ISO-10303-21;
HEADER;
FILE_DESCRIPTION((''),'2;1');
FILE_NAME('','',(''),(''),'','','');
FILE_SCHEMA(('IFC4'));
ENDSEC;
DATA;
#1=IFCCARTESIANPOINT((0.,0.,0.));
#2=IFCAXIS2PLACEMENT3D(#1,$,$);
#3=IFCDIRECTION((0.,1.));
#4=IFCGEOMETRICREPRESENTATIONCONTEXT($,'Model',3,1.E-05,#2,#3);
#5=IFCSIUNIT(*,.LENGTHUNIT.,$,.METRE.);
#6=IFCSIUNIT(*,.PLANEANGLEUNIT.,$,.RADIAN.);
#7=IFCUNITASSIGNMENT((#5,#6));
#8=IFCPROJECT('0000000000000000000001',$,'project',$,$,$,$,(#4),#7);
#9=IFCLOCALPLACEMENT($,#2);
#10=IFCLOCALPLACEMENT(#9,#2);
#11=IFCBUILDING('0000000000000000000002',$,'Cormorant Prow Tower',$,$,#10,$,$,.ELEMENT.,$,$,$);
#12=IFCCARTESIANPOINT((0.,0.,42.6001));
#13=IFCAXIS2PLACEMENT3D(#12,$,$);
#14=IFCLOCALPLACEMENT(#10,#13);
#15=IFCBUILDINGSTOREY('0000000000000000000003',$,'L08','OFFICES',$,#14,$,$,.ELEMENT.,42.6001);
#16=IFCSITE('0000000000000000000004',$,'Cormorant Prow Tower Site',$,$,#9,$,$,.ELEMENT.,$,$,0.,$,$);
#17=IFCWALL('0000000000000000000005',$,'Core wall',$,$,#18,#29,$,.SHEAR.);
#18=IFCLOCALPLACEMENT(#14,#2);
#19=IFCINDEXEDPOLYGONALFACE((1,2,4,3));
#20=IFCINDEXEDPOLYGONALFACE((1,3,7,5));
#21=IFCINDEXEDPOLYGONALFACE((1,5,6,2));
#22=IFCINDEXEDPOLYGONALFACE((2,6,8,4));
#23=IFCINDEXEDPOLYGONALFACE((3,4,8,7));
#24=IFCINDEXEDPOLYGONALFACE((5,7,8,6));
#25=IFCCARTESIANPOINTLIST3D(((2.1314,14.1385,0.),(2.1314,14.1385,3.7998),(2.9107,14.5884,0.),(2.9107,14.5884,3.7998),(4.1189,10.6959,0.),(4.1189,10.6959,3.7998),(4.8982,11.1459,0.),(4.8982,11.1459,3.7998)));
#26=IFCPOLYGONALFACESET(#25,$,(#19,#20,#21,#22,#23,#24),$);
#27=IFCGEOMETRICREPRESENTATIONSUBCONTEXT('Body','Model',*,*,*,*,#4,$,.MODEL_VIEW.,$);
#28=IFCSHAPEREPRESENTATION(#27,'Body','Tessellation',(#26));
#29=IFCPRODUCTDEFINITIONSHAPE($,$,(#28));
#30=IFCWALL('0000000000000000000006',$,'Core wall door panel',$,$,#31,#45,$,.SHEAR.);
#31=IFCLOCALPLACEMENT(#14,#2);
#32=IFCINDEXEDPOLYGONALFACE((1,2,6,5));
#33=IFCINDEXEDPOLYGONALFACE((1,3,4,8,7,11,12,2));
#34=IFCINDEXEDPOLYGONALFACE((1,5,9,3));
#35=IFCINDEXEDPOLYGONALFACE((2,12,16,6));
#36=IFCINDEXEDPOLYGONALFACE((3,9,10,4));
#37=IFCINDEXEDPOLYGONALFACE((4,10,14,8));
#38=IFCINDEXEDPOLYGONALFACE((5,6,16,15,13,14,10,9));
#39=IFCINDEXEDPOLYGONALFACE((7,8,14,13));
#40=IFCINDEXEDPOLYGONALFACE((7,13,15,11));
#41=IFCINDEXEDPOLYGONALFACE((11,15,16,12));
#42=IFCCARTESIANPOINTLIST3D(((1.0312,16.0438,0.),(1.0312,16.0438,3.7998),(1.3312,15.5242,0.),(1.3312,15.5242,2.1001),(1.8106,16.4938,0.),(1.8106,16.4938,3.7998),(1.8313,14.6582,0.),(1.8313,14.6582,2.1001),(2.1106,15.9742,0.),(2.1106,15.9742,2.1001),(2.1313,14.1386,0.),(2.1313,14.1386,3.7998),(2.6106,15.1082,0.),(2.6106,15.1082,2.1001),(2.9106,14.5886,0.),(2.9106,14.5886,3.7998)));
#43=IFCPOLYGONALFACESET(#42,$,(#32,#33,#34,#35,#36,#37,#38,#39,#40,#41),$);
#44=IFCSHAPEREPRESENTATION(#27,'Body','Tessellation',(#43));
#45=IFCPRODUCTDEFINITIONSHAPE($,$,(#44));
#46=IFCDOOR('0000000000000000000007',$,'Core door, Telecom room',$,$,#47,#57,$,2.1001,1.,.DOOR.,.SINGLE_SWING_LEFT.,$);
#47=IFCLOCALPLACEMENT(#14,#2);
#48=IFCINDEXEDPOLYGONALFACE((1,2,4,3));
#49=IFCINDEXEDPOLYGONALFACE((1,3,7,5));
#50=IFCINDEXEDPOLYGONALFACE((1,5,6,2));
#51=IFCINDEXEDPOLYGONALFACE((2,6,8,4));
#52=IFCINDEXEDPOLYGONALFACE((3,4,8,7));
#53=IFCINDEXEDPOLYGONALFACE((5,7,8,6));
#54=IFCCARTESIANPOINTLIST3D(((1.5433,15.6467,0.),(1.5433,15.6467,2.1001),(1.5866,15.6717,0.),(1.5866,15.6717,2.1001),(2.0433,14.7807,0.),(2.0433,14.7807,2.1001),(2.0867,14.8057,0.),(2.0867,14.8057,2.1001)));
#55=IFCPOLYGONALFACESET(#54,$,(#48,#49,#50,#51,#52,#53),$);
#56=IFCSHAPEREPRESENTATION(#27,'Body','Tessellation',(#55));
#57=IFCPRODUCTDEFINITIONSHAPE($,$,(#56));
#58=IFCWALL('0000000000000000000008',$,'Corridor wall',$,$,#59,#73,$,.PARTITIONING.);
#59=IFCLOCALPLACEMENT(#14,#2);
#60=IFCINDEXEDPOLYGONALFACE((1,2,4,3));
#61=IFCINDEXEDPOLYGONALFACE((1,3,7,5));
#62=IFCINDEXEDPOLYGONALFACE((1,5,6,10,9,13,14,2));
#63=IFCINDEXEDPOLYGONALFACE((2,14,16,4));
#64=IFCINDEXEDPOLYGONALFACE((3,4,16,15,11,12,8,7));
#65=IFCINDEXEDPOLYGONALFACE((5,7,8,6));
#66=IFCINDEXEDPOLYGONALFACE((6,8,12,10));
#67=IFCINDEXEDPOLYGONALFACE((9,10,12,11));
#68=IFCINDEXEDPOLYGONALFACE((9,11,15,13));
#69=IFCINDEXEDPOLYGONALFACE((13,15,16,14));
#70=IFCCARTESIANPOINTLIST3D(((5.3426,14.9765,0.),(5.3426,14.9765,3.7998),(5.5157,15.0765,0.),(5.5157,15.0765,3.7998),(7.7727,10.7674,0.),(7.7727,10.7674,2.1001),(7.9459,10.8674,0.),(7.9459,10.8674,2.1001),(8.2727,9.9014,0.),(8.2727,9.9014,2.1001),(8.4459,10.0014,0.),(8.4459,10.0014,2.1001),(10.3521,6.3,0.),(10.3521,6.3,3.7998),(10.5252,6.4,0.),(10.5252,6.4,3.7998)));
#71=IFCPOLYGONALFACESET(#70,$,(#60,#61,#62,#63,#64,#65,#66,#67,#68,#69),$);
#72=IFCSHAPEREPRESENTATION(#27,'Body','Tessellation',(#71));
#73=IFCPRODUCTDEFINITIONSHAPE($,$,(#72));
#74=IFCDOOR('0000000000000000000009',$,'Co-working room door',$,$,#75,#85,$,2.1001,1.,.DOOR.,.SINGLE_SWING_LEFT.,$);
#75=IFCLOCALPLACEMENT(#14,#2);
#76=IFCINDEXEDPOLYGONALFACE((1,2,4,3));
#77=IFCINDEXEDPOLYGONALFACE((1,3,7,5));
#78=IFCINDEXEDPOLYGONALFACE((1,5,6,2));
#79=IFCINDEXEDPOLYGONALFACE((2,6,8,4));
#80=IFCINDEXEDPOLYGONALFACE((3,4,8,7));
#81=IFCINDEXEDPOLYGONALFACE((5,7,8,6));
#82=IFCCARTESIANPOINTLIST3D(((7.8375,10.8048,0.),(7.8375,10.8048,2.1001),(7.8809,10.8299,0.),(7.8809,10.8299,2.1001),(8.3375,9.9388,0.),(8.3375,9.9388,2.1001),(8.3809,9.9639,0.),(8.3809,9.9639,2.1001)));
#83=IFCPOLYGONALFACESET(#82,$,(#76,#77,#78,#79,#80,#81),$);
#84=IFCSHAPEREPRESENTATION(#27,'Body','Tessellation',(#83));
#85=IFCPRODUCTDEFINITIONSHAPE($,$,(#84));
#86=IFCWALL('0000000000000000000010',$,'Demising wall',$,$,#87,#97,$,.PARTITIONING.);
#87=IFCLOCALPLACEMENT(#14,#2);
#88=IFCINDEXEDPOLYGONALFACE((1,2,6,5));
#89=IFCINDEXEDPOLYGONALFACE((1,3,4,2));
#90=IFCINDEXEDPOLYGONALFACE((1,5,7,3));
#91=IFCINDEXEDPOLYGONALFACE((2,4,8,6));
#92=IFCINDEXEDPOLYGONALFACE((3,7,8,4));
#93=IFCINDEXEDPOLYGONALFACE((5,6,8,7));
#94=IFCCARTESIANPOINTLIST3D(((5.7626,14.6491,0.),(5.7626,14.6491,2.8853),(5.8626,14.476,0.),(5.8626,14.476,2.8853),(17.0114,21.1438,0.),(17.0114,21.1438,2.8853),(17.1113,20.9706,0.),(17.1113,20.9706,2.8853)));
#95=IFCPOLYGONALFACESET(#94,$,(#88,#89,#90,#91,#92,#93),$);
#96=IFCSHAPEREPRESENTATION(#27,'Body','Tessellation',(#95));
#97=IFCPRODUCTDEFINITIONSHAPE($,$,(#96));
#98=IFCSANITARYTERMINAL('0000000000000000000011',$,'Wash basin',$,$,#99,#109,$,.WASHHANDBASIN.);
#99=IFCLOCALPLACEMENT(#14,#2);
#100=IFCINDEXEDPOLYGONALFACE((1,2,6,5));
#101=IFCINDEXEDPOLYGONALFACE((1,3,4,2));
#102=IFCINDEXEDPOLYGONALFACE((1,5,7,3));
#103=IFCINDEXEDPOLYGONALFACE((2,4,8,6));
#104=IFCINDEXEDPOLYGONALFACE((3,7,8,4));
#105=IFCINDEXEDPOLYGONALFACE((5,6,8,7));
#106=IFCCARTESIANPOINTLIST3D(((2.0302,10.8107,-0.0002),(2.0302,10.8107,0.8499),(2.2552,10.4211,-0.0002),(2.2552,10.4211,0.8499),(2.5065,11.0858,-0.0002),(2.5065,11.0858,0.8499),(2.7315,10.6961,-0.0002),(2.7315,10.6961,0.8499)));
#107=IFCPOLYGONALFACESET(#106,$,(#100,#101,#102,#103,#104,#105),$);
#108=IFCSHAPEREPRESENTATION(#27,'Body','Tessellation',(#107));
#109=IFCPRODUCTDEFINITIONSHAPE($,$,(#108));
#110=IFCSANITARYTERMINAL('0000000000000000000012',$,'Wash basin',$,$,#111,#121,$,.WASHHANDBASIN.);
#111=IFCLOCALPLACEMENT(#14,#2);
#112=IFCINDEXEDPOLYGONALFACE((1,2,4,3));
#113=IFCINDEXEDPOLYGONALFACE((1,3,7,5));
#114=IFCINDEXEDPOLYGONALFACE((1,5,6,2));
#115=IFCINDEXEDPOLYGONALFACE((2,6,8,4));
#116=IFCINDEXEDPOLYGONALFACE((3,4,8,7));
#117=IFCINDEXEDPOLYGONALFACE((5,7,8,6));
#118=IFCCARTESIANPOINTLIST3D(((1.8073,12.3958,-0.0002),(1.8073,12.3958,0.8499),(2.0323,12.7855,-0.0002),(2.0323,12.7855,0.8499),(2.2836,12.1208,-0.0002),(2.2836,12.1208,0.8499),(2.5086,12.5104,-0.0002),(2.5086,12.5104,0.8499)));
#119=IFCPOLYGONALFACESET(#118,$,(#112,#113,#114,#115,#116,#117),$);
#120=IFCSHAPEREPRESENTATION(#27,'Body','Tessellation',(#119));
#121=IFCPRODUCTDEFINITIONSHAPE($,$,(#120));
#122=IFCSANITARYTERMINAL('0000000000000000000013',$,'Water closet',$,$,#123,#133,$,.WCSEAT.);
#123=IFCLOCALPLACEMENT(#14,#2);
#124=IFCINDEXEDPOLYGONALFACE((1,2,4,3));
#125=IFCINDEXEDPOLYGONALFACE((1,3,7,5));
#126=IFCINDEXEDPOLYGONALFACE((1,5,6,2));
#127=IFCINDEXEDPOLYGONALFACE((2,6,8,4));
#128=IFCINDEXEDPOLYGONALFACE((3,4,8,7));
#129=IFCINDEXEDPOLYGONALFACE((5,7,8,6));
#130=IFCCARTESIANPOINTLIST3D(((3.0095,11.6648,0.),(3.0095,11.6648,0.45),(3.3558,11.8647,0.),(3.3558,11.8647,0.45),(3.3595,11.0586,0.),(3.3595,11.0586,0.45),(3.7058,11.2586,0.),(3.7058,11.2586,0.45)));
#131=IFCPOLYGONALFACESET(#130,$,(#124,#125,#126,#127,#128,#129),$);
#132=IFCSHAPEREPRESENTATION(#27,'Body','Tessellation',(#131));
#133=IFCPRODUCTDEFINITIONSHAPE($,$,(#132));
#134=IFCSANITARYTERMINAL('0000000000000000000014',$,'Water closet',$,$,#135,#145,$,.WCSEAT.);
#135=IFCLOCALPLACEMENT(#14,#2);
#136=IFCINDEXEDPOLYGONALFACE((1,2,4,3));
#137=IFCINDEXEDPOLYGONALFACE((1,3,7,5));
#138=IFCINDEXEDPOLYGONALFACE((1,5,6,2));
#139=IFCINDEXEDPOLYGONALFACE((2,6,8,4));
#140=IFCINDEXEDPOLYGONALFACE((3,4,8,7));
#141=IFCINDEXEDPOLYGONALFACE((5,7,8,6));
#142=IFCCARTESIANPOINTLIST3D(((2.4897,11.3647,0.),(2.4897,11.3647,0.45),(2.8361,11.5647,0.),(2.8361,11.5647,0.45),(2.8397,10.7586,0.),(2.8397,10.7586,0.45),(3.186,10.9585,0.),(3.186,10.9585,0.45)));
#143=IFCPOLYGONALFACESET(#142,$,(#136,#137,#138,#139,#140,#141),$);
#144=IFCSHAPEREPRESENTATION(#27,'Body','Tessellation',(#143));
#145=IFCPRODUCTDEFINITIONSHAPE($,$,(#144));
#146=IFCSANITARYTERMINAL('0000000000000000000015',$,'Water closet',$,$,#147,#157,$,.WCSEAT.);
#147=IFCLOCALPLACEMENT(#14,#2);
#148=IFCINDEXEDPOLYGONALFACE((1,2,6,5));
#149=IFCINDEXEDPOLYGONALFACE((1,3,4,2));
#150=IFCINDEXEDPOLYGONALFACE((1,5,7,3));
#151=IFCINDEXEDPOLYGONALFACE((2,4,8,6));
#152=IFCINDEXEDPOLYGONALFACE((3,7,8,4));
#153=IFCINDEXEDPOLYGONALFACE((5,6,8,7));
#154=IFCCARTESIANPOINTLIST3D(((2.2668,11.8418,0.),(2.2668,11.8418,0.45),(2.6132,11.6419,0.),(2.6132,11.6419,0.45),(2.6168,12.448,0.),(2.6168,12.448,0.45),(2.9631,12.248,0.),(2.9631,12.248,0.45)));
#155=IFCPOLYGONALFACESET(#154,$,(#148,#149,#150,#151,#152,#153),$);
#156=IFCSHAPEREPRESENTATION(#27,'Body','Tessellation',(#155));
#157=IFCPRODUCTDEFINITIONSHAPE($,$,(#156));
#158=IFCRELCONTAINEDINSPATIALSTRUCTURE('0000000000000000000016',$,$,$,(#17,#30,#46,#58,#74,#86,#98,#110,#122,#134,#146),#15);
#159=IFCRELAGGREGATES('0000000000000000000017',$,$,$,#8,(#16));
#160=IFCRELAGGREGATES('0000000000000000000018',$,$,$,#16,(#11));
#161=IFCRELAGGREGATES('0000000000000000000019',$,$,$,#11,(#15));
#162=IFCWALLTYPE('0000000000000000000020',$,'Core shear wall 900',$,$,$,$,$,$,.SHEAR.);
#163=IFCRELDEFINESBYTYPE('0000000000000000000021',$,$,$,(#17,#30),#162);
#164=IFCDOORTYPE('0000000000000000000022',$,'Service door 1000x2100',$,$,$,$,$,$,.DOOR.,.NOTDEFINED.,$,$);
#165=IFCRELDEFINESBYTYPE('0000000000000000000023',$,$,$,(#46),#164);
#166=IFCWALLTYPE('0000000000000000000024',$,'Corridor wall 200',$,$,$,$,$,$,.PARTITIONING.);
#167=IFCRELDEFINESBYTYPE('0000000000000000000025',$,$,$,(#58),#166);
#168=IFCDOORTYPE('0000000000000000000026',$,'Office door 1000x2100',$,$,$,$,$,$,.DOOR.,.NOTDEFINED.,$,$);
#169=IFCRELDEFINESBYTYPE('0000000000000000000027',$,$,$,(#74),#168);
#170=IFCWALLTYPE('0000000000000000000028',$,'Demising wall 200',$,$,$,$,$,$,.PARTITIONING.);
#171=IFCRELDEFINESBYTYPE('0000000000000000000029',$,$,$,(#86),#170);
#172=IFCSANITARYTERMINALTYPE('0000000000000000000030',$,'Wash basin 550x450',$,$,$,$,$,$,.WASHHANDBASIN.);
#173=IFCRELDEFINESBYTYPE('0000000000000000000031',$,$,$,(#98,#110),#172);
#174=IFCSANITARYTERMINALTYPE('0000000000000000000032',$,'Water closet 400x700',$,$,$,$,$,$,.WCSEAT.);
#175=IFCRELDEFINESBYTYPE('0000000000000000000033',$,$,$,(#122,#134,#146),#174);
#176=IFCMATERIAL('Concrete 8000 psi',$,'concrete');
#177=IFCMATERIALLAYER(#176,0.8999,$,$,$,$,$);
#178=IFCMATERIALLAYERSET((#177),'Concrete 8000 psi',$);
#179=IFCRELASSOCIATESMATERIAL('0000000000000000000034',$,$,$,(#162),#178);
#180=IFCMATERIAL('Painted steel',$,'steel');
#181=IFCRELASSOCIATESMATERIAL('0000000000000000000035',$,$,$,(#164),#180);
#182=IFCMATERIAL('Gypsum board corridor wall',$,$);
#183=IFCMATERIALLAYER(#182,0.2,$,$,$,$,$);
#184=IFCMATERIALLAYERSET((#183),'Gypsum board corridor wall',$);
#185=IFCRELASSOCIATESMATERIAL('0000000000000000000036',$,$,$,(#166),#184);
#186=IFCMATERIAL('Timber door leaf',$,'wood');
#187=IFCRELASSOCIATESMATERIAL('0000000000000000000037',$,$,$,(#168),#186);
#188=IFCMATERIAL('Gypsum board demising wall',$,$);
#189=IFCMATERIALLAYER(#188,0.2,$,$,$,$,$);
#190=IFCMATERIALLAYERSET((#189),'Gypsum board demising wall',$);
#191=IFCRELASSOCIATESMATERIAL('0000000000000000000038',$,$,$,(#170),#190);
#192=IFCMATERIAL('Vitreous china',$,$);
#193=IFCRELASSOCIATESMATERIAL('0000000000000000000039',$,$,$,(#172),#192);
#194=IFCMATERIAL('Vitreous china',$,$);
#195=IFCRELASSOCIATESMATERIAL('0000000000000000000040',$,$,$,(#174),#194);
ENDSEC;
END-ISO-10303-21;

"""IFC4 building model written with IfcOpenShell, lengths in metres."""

from ifc_helpers import new_model, si_unit, direction, frame, frame_2d, origin, origin_2d, place, context, subcontext, project, spatial, rectangle, extrude, material, layer, layer_set, type_object, element, fill, save


model = new_model("IFC4")

# Units and contexts
model_context = context("Model", 3, precision=1e-05, world=origin(), true_north=direction((0.0, 1.0)))
body_context = subcontext(model_context, "Body", "Model", "MODEL_VIEW")
ifc_project = project(units=[si_unit("LENGTHUNIT", "METRE"), si_unit("PLANEANGLEUNIT", "RADIAN")], contexts=[model_context])

# Site, building, storey
site_placement = place(None, origin())
site = spatial("IfcSite", under=ifc_project, at=site_placement, Name="Cormorant Prow Tower Site", CompositionType="ELEMENT", RefElevation=0.0)
building_placement = place(site_placement, origin())
building = spatial("IfcBuilding", under=site, at=building_placement, Name="Cormorant Prow Tower", CompositionType="ELEMENT")
storey_placement = place(building_placement, frame((0.0, 0.0, 42.6001)))
storey = spatial("IfcBuildingStorey", under=building, at=storey_placement, Name="L08", Description="OFFICES", CompositionType="ELEMENT", Elevation=42.6001)

# Wall
ifc_material_1 = material(Name="Concrete 8000 psi", Category="concrete")
ifc_layer_1 = layer(ifc_material_1, 0.8999)
ifc_layer_set_1 = layer_set([ifc_layer_1], Name="Concrete 8000 psi")
wall_type_1 = type_object("IfcWallType", Name="Core shear wall 900", PredefinedType="SHEAR", material=ifc_layer_set_1)
wall_1_placement = place(storey_placement, frame((4.5085, 10.9209, 0.0), z_axis=(0.0, 0.0, 1.0), x_axis=(-0.49999, 0.866031, 0.0)))
element("IfcWall", 1, at=wall_1_placement, inside=storey, type_object=wall_type_1, Name="Core wall", PredefinedType="SHEAR", context=body_context, shape_type="SweptSolid", body=[
    extrude(rectangle(XDim=3.9751, YDim=0.8999, at=frame_2d((1.9875, 0.0))), origin(), (0.0, 0.0, 1.0), 3.7998),
])

# Walls, openings, doors
wall_2_placement = place(storey_placement, frame((2.521, 14.3635, 0.0), z_axis=(0.0, 0.0, 1.0), x_axis=(-0.50003, 0.866008, 0.0)))
wall_2 = element("IfcWall", 2, at=wall_2_placement, inside=storey, type_object=wall_type_1, Name="Core wall door panel", PredefinedType="SHEAR", context=body_context, shape_type="SweptSolid", body=[
    extrude(rectangle(XDim=2.2, YDim=0.8999, at=frame_2d((1.1001, 0.0))), origin(), (0.0, 0.0, 1.0), 3.7998),
])
opening_1_placement = place(wall_2_placement, frame((0.6001, 0.0, 0.0)))
opening_1 = element("IfcOpeningElement", 3, at=opening_1_placement, cuts=wall_2, PredefinedType="OPENING", context=body_context, shape_type="SweptSolid", body=[
    extrude(rectangle(XDim=1.0, YDim=2.1001, at=frame_2d((0.5, 1.05))), frame((0.0, 0.46, 0.0), z_axis=(0.0, -1.0, 0.0), x_axis=(1.0, 0.0, 0.0)), (0.0, 0.0, 1.0), 0.9199),
])
ifc_material_2 = material(Name="Painted steel", Category="steel")
door_type_1 = type_object("IfcDoorType", Name="Service door 1000x2100", OperationType="NOTDEFINED", PredefinedType="DOOR", material=ifc_material_2)
door_1_placement = place(opening_1_placement, origin())
door_1 = element("IfcDoor", 4, at=door_1_placement, inside=storey, type_object=door_type_1, Name="Core door, Telecom room", OperationType="SINGLE_SWING_LEFT", OverallHeight=2.1001, OverallWidth=1.0, PredefinedType="DOOR", context=body_context, shape_type="SweptSolid", body=[
    extrude(rectangle(XDim=1.0, YDim=2.1001, at=frame_2d((0.5, 1.05))), frame((0.0, 0.2051, 0.0), z_axis=(0.0, -1.0, 0.0), x_axis=(1.0, 0.0, 0.0)), (0.0, 0.0, 1.0), 0.05),
])
fill(opening_1, door_1)
ifc_material_3 = material(Name="Gypsum board corridor wall")
ifc_layer_2 = layer(ifc_material_3, 0.2)
ifc_layer_set_2 = layer_set([ifc_layer_2], Name="Gypsum board corridor wall")
wall_type_2 = type_object("IfcWallType", Name="Corridor wall 200", PredefinedType="PARTITIONING", material=ifc_layer_set_2)
wall_3_placement = place(storey_placement, frame((5.4292, 15.0264, 0.0), z_axis=(0.0, 0.0, 1.0), x_axis=(0.50001, -0.86602, 0.0)))
wall_3 = element("IfcWall", 5, at=wall_3_placement, inside=storey, type_object=wall_type_2, Name="Corridor wall", PredefinedType="PARTITIONING", context=body_context, shape_type="SweptSolid", body=[
    extrude(rectangle(XDim=10.0188, YDim=0.2, at=frame_2d((5.0093, 0.0))), origin(), (0.0, 0.0, 1.0), 3.7998),
])
opening_2_placement = place(wall_3_placement, frame((4.8601, 0.0, 0.0)))
opening_2 = element("IfcOpeningElement", 6, at=opening_2_placement, cuts=wall_3, PredefinedType="OPENING", context=body_context, shape_type="SweptSolid", body=[
    extrude(rectangle(XDim=1.0, YDim=2.1001, at=frame_2d((0.5, 1.05))), frame((0.0, 0.1099, 0.0), z_axis=(0.0, -1.0, 0.0), x_axis=(1.0, 0.0, 0.0)), (0.0, 0.0, 1.0), 0.22),
])
ifc_material_4 = material(Name="Timber door leaf", Category="wood")
door_type_2 = type_object("IfcDoorType", Name="Office door 1000x2100", OperationType="NOTDEFINED", PredefinedType="DOOR", material=ifc_material_4)
door_2_placement = place(opening_2_placement, origin())
door_2 = element("IfcDoor", 7, at=door_2_placement, inside=storey, type_object=door_type_2, Name="Co-working room door", OperationType="SINGLE_SWING_LEFT", OverallHeight=2.1001, OverallWidth=1.0, PredefinedType="DOOR", context=body_context, shape_type="SweptSolid", body=[
    extrude(rectangle(XDim=1.0, YDim=2.1001, at=frame_2d((0.5, 1.05))), frame((0.0, 0.0249, 0.0), z_axis=(0.0, -1.0, 0.0), x_axis=(1.0, 0.0, 0.0)), (0.0, 0.0, 1.0), 0.05),
])
fill(opening_2, door_2)

# Wall
ifc_material_5 = material(Name="Gypsum board demising wall")
ifc_layer_3 = layer(ifc_material_5, 0.2)
ifc_layer_set_3 = layer_set([ifc_layer_3], Name="Gypsum board demising wall")
wall_type_3 = type_object("IfcWallType", Name="Demising wall 200", PredefinedType="PARTITIONING", material=ifc_layer_set_3)
wall_4_placement = place(storey_placement, frame((5.8125, 14.5625, 0.0), z_axis=(0.0, 0.0, 1.0), x_axis=(0.866021, 0.500008, 0.0)))
element("IfcWall", 8, at=wall_4_placement, inside=storey, type_object=wall_type_3, Name="Demising wall", PredefinedType="PARTITIONING", context=body_context, shape_type="SweptSolid", body=[
    extrude(rectangle(XDim=12.989, YDim=0.2, at=frame_2d((6.4946, 0.0))), origin(), (0.0, 0.0, 1.0), 2.8853),
])

# Sanitary terminals
ifc_material_6 = material(Name="Vitreous china")
sanitary_terminal_type_1 = type_object("IfcSanitaryTerminalType", Name="Wash basin 550x450", PredefinedType="WASHHANDBASIN", material=ifc_material_6)
for number, where, z_axis, x_axis, name in (
    (9, (2.3809, 10.7534, -0.0002), (0.0, 0.0, 1.0), (0.866025, 0.5, 0.0), "Wash basin"),
    (10, (2.158, 12.4531, -0.0002), (0.0, 0.0, 1.0), (-0.866025, 0.5, 0.0), "Wash basin"),
):
    element("IfcSanitaryTerminal", number, at=place(storey_placement, frame(where, z_axis=z_axis, x_axis=x_axis)), inside=storey, type_object=sanitary_terminal_type_1, Name=name, PredefinedType="WASHHANDBASIN", context=body_context, shape_type="SweptSolid", body=[
        extrude(rectangle(XDim=0.55, YDim=0.45, at=origin_2d()), origin(), (0.0, 0.0, 1.0), 0.8501),
    ])
ifc_material_7 = material(Name="Vitreous china")
sanitary_terminal_type_2 = type_object("IfcSanitaryTerminalType", Name="Water closet 400x700", PredefinedType="WCSEAT", material=ifc_material_7)
for number, where, z_axis, x_axis, name in (
    (11, (3.3577, 11.4617, 0.0), (0.0, 0.0, 1.0), (0.866025, 0.5, 0.0), "Water closet"),
    (12, (2.8379, 11.1616, 0.0), (0.0, 0.0, 1.0), (0.866025, 0.5, 0.0), "Water closet"),
    (13, (2.615, 12.0449, 0.0), (0.0, 0.0, 1.0), (-0.866025, 0.5, 0.0), "Water closet"),
):
    element("IfcSanitaryTerminal", number, at=place(storey_placement, frame(where, z_axis=z_axis, x_axis=x_axis)), inside=storey, type_object=sanitary_terminal_type_2, Name=name, PredefinedType="WCSEAT", context=body_context, shape_type="SweptSolid", body=[
        extrude(rectangle(XDim=0.3999, YDim=0.7, at=origin_2d()), origin(), (0.0, 0.0, 1.0), 0.45),
    ])

save(model, "model.ifc")
